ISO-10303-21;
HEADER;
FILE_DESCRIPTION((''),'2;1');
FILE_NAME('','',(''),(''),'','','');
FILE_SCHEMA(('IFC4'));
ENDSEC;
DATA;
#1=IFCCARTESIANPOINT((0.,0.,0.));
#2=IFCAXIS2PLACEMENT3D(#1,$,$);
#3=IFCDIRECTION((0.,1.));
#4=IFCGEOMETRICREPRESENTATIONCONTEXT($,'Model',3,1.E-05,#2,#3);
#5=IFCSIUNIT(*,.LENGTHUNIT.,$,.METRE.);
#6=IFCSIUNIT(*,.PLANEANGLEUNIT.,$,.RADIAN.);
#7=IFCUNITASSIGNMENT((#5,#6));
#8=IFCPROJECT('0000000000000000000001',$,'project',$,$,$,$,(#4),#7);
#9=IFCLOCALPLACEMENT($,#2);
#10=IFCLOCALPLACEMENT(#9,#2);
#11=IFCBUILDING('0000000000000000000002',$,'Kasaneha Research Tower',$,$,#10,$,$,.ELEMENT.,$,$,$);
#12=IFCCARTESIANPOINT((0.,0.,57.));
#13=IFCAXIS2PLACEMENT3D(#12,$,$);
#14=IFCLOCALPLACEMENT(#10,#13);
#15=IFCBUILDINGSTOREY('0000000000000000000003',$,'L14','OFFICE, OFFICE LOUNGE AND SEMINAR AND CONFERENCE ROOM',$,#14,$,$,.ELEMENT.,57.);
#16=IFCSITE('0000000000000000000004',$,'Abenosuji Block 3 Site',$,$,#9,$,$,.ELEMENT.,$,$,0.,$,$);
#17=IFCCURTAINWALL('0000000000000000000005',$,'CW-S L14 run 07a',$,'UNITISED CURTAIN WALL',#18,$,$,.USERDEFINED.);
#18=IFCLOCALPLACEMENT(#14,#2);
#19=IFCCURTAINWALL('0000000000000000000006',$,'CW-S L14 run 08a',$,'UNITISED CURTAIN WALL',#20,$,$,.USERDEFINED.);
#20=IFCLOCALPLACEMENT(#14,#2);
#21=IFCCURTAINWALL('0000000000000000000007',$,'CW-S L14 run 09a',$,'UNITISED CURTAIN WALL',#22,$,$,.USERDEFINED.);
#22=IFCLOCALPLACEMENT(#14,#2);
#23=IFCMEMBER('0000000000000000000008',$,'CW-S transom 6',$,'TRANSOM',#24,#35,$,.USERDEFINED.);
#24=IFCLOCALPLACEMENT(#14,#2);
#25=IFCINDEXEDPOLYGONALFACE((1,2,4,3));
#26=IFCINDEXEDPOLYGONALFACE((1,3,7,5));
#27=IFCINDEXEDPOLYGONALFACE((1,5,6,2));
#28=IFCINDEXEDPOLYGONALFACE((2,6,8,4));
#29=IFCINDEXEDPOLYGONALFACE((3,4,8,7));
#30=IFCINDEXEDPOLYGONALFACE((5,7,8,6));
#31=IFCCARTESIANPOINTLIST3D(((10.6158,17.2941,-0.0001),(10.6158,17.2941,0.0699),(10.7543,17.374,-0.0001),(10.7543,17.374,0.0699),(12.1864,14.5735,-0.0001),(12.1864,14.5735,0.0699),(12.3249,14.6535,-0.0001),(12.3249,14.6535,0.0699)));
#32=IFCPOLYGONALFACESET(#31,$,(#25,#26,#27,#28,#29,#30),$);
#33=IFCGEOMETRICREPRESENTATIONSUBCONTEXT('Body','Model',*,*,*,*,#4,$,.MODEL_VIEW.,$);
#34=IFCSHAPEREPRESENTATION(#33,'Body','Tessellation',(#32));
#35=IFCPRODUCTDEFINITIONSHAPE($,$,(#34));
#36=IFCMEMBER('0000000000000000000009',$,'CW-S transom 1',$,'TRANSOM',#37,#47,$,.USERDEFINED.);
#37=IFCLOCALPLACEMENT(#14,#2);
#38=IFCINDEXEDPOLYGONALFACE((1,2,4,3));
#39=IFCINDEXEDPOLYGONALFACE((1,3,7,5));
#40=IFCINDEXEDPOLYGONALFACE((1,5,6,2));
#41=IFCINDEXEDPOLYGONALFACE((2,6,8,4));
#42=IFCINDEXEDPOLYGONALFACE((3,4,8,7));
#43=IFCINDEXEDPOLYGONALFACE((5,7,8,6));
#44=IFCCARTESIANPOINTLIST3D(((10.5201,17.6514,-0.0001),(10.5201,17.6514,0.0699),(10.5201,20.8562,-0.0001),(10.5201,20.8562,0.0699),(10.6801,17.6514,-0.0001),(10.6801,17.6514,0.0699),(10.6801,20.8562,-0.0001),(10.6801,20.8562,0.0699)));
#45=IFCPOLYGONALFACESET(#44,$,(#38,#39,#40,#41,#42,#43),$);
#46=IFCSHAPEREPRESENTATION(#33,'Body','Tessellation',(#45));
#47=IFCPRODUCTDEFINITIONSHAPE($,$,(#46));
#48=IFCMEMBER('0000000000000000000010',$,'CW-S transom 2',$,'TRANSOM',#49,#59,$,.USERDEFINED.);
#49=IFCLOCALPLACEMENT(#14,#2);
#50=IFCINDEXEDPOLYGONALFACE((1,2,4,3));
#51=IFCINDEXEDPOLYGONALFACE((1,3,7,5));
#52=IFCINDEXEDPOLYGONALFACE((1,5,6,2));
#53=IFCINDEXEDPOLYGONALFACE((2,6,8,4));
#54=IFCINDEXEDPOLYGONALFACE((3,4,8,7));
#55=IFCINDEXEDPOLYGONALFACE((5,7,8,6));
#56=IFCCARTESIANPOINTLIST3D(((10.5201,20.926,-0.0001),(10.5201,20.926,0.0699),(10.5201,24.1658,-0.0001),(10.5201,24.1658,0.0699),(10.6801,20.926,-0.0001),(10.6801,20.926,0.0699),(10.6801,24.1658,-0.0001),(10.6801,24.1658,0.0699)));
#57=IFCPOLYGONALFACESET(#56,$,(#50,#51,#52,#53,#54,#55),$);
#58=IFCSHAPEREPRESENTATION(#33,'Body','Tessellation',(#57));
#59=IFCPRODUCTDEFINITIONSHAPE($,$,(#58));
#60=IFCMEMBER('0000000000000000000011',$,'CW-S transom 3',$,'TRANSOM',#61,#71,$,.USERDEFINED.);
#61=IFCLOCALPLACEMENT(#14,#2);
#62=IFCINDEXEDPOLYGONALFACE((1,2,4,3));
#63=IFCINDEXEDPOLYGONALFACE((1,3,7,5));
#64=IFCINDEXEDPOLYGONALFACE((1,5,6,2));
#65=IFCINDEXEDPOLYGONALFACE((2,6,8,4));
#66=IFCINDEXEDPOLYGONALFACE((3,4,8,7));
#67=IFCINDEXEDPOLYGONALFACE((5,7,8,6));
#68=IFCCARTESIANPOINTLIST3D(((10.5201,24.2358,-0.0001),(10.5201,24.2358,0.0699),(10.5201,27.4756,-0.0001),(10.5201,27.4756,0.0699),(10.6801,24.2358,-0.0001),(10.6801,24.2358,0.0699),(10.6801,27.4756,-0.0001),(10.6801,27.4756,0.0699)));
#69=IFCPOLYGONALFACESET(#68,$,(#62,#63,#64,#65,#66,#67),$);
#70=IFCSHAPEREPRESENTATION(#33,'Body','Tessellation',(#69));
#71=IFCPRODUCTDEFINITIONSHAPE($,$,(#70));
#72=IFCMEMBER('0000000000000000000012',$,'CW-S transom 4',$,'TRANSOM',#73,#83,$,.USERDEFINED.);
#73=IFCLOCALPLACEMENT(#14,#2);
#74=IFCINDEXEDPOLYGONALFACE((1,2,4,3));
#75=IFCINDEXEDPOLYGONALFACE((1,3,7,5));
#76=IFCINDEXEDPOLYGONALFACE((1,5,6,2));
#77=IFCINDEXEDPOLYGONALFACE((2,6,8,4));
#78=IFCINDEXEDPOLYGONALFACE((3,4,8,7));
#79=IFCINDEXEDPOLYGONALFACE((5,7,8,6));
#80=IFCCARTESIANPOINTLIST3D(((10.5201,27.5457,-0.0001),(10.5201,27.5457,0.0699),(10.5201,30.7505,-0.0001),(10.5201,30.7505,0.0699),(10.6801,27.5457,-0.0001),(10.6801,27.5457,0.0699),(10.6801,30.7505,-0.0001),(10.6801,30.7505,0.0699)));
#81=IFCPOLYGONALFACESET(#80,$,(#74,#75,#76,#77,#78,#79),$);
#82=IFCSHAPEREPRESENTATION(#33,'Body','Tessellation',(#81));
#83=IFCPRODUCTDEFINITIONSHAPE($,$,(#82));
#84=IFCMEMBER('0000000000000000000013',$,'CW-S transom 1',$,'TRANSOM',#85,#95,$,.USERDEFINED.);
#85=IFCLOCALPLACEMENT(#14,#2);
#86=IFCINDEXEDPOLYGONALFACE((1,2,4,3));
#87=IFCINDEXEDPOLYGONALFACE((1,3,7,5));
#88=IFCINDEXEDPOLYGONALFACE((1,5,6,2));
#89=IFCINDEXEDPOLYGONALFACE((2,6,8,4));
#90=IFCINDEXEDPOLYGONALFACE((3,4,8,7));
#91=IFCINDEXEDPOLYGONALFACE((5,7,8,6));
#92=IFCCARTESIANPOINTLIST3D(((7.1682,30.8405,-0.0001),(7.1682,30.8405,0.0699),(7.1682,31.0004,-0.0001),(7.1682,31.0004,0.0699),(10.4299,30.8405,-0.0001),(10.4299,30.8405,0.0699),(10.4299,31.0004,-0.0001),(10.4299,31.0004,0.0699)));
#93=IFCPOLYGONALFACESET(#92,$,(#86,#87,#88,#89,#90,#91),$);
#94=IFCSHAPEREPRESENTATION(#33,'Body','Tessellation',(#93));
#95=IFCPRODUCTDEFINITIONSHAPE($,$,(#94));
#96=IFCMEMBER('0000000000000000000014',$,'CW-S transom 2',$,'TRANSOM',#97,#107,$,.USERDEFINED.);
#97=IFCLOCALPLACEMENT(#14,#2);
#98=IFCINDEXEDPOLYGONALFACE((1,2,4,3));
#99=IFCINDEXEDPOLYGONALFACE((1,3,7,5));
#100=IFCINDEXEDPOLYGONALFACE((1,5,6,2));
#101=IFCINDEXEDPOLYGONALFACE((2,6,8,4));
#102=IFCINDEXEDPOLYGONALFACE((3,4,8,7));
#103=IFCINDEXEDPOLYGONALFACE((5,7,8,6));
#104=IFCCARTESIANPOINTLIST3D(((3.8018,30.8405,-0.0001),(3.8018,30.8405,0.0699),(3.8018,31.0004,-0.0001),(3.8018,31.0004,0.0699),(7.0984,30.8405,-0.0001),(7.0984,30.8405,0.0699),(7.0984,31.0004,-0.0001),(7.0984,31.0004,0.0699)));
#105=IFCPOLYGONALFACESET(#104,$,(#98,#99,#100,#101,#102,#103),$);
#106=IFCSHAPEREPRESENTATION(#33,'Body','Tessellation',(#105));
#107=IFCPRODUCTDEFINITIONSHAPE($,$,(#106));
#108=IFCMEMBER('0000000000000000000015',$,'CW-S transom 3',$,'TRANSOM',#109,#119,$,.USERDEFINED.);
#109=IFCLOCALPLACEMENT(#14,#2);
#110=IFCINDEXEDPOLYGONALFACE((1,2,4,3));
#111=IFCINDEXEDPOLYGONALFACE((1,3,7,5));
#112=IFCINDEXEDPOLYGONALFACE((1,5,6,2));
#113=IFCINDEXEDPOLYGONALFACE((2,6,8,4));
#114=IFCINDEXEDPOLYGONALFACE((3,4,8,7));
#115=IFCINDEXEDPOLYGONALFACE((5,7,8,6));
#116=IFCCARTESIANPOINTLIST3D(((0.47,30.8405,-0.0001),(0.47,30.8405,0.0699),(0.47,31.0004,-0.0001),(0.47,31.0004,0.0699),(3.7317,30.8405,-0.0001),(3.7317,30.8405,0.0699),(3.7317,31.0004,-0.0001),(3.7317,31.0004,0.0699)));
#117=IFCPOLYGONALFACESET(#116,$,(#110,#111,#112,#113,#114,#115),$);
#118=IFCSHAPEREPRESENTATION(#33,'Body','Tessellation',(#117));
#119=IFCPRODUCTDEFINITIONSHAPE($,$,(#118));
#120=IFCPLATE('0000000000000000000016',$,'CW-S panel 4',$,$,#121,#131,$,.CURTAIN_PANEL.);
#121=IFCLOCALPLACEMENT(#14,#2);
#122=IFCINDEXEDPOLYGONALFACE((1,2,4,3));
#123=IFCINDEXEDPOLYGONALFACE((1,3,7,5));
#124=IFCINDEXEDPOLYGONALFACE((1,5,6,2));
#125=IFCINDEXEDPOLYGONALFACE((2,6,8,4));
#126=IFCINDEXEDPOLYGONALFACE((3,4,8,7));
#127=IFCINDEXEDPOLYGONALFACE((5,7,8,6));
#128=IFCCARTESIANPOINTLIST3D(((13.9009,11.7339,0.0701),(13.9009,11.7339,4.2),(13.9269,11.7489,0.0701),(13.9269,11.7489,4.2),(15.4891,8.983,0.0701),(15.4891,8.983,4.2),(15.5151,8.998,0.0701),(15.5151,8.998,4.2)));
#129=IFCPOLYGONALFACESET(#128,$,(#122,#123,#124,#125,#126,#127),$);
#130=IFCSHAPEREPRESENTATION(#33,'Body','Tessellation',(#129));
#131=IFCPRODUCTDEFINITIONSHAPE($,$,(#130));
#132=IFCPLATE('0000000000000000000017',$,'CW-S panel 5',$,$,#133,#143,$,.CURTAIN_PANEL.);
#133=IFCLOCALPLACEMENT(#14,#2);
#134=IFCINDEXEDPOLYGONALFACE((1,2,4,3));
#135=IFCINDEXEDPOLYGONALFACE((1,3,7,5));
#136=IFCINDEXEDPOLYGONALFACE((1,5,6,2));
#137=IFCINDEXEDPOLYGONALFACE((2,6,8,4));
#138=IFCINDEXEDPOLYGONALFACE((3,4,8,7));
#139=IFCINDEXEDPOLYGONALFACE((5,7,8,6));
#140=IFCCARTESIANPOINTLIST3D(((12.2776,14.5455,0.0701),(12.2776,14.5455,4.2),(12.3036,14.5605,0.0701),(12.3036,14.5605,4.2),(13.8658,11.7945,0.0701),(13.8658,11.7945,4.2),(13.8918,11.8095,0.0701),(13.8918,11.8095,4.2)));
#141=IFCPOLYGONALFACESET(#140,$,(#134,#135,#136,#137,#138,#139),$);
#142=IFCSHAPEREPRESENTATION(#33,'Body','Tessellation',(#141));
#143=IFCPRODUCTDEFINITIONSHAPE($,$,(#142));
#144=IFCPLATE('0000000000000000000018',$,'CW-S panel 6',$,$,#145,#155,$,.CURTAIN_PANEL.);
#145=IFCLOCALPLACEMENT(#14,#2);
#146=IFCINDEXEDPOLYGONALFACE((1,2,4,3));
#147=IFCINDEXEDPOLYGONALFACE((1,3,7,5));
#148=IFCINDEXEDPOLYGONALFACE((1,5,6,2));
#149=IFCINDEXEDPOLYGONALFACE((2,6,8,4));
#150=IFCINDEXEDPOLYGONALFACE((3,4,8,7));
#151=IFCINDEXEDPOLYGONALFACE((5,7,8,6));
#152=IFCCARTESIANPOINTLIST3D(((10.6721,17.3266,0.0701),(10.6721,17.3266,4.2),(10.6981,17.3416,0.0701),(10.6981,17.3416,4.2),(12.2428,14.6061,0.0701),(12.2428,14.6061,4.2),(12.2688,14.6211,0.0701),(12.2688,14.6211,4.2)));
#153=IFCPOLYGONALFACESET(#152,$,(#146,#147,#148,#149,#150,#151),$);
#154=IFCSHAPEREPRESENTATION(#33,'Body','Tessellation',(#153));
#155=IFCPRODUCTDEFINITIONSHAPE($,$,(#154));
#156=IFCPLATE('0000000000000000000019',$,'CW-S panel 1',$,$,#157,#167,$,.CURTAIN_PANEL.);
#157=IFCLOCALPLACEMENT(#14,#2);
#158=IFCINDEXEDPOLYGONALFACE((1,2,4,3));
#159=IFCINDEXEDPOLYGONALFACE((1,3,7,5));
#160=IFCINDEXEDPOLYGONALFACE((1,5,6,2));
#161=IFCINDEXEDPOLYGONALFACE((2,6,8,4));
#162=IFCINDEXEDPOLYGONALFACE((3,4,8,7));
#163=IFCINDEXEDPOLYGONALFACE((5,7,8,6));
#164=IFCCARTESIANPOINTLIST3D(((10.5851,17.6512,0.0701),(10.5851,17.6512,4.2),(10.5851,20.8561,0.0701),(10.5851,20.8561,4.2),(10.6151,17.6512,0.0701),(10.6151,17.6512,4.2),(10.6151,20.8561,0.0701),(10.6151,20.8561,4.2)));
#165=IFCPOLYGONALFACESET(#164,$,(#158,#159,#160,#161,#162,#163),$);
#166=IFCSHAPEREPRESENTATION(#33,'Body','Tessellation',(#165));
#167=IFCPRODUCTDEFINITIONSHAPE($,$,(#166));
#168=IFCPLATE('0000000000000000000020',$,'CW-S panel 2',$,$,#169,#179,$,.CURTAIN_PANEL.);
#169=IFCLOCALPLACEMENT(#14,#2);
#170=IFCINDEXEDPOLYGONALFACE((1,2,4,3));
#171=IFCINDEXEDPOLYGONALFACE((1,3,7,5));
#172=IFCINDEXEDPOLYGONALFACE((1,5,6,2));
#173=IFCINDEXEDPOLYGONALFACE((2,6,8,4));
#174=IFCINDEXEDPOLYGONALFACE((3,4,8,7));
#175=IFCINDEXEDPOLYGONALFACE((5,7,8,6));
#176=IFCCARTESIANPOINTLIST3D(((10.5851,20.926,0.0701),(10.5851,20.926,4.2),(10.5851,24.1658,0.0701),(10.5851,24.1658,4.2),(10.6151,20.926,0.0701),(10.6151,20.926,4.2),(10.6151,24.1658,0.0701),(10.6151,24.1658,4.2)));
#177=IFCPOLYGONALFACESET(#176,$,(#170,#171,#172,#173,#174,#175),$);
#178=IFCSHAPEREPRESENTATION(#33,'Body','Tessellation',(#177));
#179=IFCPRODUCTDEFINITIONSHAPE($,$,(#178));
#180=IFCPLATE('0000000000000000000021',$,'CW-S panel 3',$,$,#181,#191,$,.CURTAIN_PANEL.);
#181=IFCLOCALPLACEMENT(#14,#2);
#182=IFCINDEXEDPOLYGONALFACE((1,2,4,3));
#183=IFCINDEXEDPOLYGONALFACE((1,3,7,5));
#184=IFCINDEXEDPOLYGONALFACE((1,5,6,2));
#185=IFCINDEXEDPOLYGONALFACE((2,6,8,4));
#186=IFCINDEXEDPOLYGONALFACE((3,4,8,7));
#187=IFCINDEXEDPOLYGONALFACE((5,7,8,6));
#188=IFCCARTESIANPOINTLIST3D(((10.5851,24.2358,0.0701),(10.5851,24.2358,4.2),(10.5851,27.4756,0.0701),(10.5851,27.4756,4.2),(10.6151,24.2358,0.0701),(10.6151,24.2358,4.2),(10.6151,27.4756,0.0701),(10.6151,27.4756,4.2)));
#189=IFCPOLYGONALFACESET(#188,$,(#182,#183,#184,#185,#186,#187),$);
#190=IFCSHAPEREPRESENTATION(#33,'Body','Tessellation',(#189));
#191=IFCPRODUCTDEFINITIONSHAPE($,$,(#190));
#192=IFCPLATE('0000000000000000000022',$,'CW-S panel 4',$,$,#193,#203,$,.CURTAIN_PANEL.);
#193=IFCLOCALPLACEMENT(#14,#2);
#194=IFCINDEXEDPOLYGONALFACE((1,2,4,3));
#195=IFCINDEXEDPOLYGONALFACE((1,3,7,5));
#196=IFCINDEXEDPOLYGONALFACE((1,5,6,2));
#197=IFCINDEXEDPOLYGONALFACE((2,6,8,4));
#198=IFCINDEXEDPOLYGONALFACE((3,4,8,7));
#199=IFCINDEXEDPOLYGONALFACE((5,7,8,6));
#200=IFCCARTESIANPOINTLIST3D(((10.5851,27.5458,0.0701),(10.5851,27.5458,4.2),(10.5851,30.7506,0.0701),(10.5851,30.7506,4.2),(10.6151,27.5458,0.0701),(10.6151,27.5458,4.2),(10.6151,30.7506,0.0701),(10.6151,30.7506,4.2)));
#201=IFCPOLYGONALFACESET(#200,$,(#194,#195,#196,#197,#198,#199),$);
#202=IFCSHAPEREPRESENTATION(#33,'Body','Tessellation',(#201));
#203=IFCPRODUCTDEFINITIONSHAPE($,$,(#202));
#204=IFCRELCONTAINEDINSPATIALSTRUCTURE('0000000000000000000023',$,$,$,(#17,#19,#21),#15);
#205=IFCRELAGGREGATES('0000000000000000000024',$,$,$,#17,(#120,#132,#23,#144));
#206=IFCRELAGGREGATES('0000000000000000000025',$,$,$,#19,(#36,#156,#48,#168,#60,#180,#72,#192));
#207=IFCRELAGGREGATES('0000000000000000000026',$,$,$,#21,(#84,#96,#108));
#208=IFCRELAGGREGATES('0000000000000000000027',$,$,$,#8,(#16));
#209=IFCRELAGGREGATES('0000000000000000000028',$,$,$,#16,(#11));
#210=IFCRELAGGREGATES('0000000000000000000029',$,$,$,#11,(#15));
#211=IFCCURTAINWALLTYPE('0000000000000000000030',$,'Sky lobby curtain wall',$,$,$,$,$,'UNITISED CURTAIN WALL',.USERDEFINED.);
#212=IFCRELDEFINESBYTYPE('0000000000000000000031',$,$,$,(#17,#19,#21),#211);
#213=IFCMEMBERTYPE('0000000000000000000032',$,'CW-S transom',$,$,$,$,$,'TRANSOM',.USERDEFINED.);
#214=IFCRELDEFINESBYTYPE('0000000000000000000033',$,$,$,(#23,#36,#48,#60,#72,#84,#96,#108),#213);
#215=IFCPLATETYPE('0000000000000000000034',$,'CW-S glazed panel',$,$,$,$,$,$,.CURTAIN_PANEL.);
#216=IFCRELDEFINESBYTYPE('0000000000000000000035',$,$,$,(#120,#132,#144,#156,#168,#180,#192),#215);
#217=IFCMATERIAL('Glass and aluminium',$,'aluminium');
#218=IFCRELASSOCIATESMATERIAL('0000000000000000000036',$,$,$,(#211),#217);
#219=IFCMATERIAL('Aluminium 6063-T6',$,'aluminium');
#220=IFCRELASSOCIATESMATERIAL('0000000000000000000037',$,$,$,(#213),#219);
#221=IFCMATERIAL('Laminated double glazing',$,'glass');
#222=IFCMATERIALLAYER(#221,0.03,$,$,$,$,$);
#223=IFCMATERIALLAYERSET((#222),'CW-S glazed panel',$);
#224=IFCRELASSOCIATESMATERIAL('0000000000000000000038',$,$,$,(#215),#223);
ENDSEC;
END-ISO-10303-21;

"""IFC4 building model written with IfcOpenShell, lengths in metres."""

from ifc_helpers import new_model, si_unit, direction, frame, origin, origin_2d, place, context, subcontext, project, spatial, rectangle, extrude, material, layer, layer_set, material_profile, profile_set, type_object, element, aggregate, save


model = new_model("IFC4")

# Units and contexts
model_context = context("Model", 3, precision=1e-05, world=origin(), true_north=direction((0.0, 1.0)))
body_context = subcontext(model_context, "Body", "Model", "MODEL_VIEW")
ifc_project = project(units=[si_unit("LENGTHUNIT", "METRE"), si_unit("PLANEANGLEUNIT", "RADIAN")], contexts=[model_context])

# Site, building, storey
site_placement = place(None, origin())
site = spatial("IfcSite", under=ifc_project, at=site_placement, Name="Abenosuji Block 3 Site", CompositionType="ELEMENT", RefElevation=0.0)
building_placement = place(site_placement, origin())
building = spatial("IfcBuilding", under=site, at=building_placement, Name="Kasaneha Research Tower", CompositionType="ELEMENT")
storey_placement = place(building_placement, frame((0.0, 0.0, 57.0)))
storey = spatial("IfcBuildingStorey", under=building, at=storey_placement, Name="L14", Description="OFFICE, OFFICE LOUNGE AND SEMINAR AND CONFERENCE ROOM", CompositionType="ELEMENT", Elevation=57.0)

# Curtain walls
ifc_material_1 = material(Name="Glass and aluminium", Category="aluminium")
curtain_wall_type = type_object("IfcCurtainWallType", Name="Sky lobby curtain wall", ElementType="UNITISED CURTAIN WALL", PredefinedType="USERDEFINED", material=ifc_material_1)
curtain_wall_1_placement = place(storey_placement, origin())
curtain_wall_1 = element("IfcCurtainWall", 1, at=curtain_wall_1_placement, inside=storey, type_object=curtain_wall_type, Name="CW-S L14 run 07a", ObjectType="UNITISED CURTAIN WALL", PredefinedType="USERDEFINED")
curtain_wall_2_placement = place(storey_placement, origin())
curtain_wall_2 = element("IfcCurtainWall", 2, at=curtain_wall_2_placement, inside=storey, type_object=curtain_wall_type, Name="CW-S L14 run 08a", ObjectType="UNITISED CURTAIN WALL", PredefinedType="USERDEFINED")

# Curtain wall
curtain_wall_3_placement = place(storey_placement, origin())
curtain_wall_3 = element("IfcCurtainWall", 3, at=curtain_wall_3_placement, inside=storey, type_object=curtain_wall_type, Name="CW-S L14 run 09a", ObjectType="UNITISED CURTAIN WALL", PredefinedType="USERDEFINED")

# Members
ifc_material_2 = material(Name="Aluminium 6063-T6", Category="aluminium")
ifc_material_profile_1 = material_profile(ifc_material_2, rectangle(XDim=0.1599, YDim=0.0701, at=origin_2d()), Name="CW-S transom 160x70")
ifc_profile_set_1 = profile_set([ifc_material_profile_1], Name="Aluminium 6063-T6")
member_type_1 = type_object("IfcMemberType", Name="CW-S transom", ElementType="TRANSOM", PredefinedType="USERDEFINED", material=ifc_profile_set_1)
member_1_placement = place(storey_placement, frame((12.2556, 14.6135, 0.0349), z_axis=(-0.499976, 0.866039, 0.0), x_axis=(-0.866039, -0.499976, 0.0)))
member_1 = element("IfcMember", 4, at=member_1_placement, type_object=member_type_1, Name="CW-S transom 6", ObjectType="TRANSOM", PredefinedType="USERDEFINED", context=body_context, shape_type="SweptSolid", body=[
    extrude(rectangle(XDim=0.1599, YDim=0.0701, at=origin_2d()), origin(), (0.0, 0.0, 1.0), 3.1414),
])
member_2_placement = place(storey_placement, frame((10.6001, 17.6514, 0.0349), z_axis=(0.0, 1.0, 0.0), x_axis=(-1.0, 0.0, 0.0)))
member_2 = element("IfcMember", 5, at=member_2_placement, type_object=member_type_1, Name="CW-S transom 1", ObjectType="TRANSOM", PredefinedType="USERDEFINED", context=body_context, shape_type="SweptSolid", body=[
    extrude(rectangle(XDim=0.1599, YDim=0.0701, at=origin_2d()), origin(), (0.0, 0.0, 1.0), 3.2048),
])
member_3_placement = place(storey_placement, frame((10.6001, 20.926, 0.0349), z_axis=(0.0, 1.0, 0.0), x_axis=(-1.0, 0.0, 0.0)))
member_3 = element("IfcMember", 6, at=member_3_placement, type_object=member_type_1, Name="CW-S transom 2", ObjectType="TRANSOM", PredefinedType="USERDEFINED", context=body_context, shape_type="SweptSolid", body=[
    extrude(rectangle(XDim=0.1599, YDim=0.0701, at=origin_2d()), origin(), (0.0, 0.0, 1.0), 3.2397),
])
member_4_placement = place(storey_placement, frame((10.6001, 24.2358, 0.0349), z_axis=(0.0, 1.0, 0.0), x_axis=(-1.0, 0.0, 0.0)))
member_4 = element("IfcMember", 7, at=member_4_placement, type_object=member_type_1, Name="CW-S transom 3", ObjectType="TRANSOM", PredefinedType="USERDEFINED", context=body_context, shape_type="SweptSolid", body=[
    extrude(rectangle(XDim=0.1599, YDim=0.0701, at=origin_2d()), origin(), (0.0, 0.0, 1.0), 3.2397),
])
member_5_placement = place(storey_placement, frame((10.6001, 27.5457, 0.0349), z_axis=(0.0, 1.0, 0.0), x_axis=(-1.0, 0.0, 0.0)))
member_5 = element("IfcMember", 8, at=member_5_placement, type_object=member_type_1, Name="CW-S transom 4", ObjectType="TRANSOM", PredefinedType="USERDEFINED", context=body_context, shape_type="SweptSolid", body=[
    extrude(rectangle(XDim=0.1599, YDim=0.0701, at=origin_2d()), origin(), (0.0, 0.0, 1.0), 3.2048),
])
member_6_placement = place(storey_placement, frame((10.4299, 30.9204, 0.0349), z_axis=(-1.0, 0.0, 0.0), x_axis=(0.0, -1.0, 0.0)))
member_6 = element("IfcMember", 9, at=member_6_placement, type_object=member_type_1, Name="CW-S transom 1", ObjectType="TRANSOM", PredefinedType="USERDEFINED", context=body_context, shape_type="SweptSolid", body=[
    extrude(rectangle(XDim=0.1599, YDim=0.0701, at=origin_2d()), origin(), (0.0, 0.0, 1.0), 3.2617),
])
member_7_placement = place(storey_placement, frame((7.0984, 30.9204, 0.0349), z_axis=(-1.0, 0.0, 0.0), x_axis=(0.0, -1.0, 0.0)))
member_7 = element("IfcMember", 10, at=member_7_placement, type_object=member_type_1, Name="CW-S transom 2", ObjectType="TRANSOM", PredefinedType="USERDEFINED", context=body_context, shape_type="SweptSolid", body=[
    extrude(rectangle(XDim=0.1599, YDim=0.0701, at=origin_2d()), origin(), (0.0, 0.0, 1.0), 3.2966),
])
member_8_placement = place(storey_placement, frame((3.7317, 30.9204, 0.0349), z_axis=(-1.0, 0.0, 0.0), x_axis=(0.0, -1.0, 0.0)))
member_8 = element("IfcMember", 11, at=member_8_placement, type_object=member_type_1, Name="CW-S transom 3", ObjectType="TRANSOM", PredefinedType="USERDEFINED", context=body_context, shape_type="SweptSolid", body=[
    extrude(rectangle(XDim=0.1599, YDim=0.0701, at=origin_2d()), origin(), (0.0, 0.0, 1.0), 3.2617),
])

# Plates
ifc_material_3 = material(Name="Laminated double glazing", Category="glass")
ifc_layer_1 = layer(ifc_material_3, 0.03)
ifc_layer_set_1 = layer_set([ifc_layer_1], Name="CW-S glazed panel")
plate_type = type_object("IfcPlateType", Name="CW-S glazed panel", PredefinedType="CURTAIN_PANEL", material=ifc_layer_set_1)
plate_1_placement = place(storey_placement, frame((14.708, 10.366, 0.0701), z_axis=(0.0, 0.0, 1.0), x_axis=(-0.5, 0.866025, 0.0)))
plate_1 = element("IfcPlate", 12, at=plate_1_placement, type_object=plate_type, Name="CW-S panel 4", PredefinedType="CURTAIN_PANEL", context=body_context, shape_type="SweptSolid", body=[
    extrude(rectangle(XDim=3.1765, YDim=0.03, at=origin_2d()), origin(), (0.0, 0.0, 1.0), 4.1299),
])
plate_2_placement = place(storey_placement, frame((13.0847, 13.1775, 0.0701), z_axis=(0.0, 0.0, 1.0), x_axis=(-0.5, 0.866025, 0.0)))
plate_2 = element("IfcPlate", 13, at=plate_2_placement, type_object=plate_type, Name="CW-S panel 5", PredefinedType="CURTAIN_PANEL", context=body_context, shape_type="SweptSolid", body=[
    extrude(rectangle(XDim=3.1765, YDim=0.03, at=origin_2d()), origin(), (0.0, 0.0, 1.0), 4.1299),
])
plate_3_placement = place(storey_placement, frame((11.4705, 15.9739, 0.0701), z_axis=(0.0, 0.0, 1.0), x_axis=(-0.5, 0.866025, 0.0)))
plate_3 = element("IfcPlate", 14, at=plate_3_placement, type_object=plate_type, Name="CW-S panel 6", PredefinedType="CURTAIN_PANEL", context=body_context, shape_type="SweptSolid", body=[
    extrude(rectangle(XDim=3.1414, YDim=0.03, at=origin_2d()), origin(), (0.0, 0.0, 1.0), 4.1299),
])
aggregate(curtain_wall_1, [plate_1, plate_2, member_1, plate_3])
plate_4_placement = place(storey_placement, frame((10.6001, 19.2537, 0.0701), z_axis=(0.0, 0.0, 1.0), x_axis=(0.0, 1.0, 0.0)))
plate_4 = element("IfcPlate", 15, at=plate_4_placement, type_object=plate_type, Name="CW-S panel 1", PredefinedType="CURTAIN_PANEL", context=body_context, shape_type="SweptSolid", body=[
    extrude(rectangle(XDim=3.2048, YDim=0.03, at=origin_2d()), origin(), (0.0, 0.0, 1.0), 4.1299),
])
plate_5_placement = place(storey_placement, frame((10.6001, 22.5459, 0.0701), z_axis=(0.0, 0.0, 1.0), x_axis=(0.0, 1.0, 0.0)))
plate_5 = element("IfcPlate", 16, at=plate_5_placement, type_object=plate_type, Name="CW-S panel 2", PredefinedType="CURTAIN_PANEL", context=body_context, shape_type="SweptSolid", body=[
    extrude(rectangle(XDim=3.2397, YDim=0.03, at=origin_2d()), origin(), (0.0, 0.0, 1.0), 4.1299),
])
plate_6_placement = place(storey_placement, frame((10.6001, 25.8557, 0.0701), z_axis=(0.0, 0.0, 1.0), x_axis=(0.0, 1.0, 0.0)))
plate_6 = element("IfcPlate", 17, at=plate_6_placement, type_object=plate_type, Name="CW-S panel 3", PredefinedType="CURTAIN_PANEL", context=body_context, shape_type="SweptSolid", body=[
    extrude(rectangle(XDim=3.2397, YDim=0.03, at=origin_2d()), origin(), (0.0, 0.0, 1.0), 4.1299),
])
plate_7_placement = place(storey_placement, frame((10.6001, 29.1482, 0.0701), z_axis=(0.0, 0.0, 1.0), x_axis=(0.0, 1.0, 0.0)))
plate_7 = element("IfcPlate", 18, at=plate_7_placement, type_object=plate_type, Name="CW-S panel 4", PredefinedType="CURTAIN_PANEL", context=body_context, shape_type="SweptSolid", body=[
    extrude(rectangle(XDim=3.2048, YDim=0.03, at=origin_2d()), origin(), (0.0, 0.0, 1.0), 4.1299),
])
aggregate(curtain_wall_2, [member_2, plate_4, member_3, plate_5, member_4, plate_6, member_5, plate_7])
aggregate(curtain_wall_3, [member_6, member_7, member_8])

save(model, "model.ifc")
